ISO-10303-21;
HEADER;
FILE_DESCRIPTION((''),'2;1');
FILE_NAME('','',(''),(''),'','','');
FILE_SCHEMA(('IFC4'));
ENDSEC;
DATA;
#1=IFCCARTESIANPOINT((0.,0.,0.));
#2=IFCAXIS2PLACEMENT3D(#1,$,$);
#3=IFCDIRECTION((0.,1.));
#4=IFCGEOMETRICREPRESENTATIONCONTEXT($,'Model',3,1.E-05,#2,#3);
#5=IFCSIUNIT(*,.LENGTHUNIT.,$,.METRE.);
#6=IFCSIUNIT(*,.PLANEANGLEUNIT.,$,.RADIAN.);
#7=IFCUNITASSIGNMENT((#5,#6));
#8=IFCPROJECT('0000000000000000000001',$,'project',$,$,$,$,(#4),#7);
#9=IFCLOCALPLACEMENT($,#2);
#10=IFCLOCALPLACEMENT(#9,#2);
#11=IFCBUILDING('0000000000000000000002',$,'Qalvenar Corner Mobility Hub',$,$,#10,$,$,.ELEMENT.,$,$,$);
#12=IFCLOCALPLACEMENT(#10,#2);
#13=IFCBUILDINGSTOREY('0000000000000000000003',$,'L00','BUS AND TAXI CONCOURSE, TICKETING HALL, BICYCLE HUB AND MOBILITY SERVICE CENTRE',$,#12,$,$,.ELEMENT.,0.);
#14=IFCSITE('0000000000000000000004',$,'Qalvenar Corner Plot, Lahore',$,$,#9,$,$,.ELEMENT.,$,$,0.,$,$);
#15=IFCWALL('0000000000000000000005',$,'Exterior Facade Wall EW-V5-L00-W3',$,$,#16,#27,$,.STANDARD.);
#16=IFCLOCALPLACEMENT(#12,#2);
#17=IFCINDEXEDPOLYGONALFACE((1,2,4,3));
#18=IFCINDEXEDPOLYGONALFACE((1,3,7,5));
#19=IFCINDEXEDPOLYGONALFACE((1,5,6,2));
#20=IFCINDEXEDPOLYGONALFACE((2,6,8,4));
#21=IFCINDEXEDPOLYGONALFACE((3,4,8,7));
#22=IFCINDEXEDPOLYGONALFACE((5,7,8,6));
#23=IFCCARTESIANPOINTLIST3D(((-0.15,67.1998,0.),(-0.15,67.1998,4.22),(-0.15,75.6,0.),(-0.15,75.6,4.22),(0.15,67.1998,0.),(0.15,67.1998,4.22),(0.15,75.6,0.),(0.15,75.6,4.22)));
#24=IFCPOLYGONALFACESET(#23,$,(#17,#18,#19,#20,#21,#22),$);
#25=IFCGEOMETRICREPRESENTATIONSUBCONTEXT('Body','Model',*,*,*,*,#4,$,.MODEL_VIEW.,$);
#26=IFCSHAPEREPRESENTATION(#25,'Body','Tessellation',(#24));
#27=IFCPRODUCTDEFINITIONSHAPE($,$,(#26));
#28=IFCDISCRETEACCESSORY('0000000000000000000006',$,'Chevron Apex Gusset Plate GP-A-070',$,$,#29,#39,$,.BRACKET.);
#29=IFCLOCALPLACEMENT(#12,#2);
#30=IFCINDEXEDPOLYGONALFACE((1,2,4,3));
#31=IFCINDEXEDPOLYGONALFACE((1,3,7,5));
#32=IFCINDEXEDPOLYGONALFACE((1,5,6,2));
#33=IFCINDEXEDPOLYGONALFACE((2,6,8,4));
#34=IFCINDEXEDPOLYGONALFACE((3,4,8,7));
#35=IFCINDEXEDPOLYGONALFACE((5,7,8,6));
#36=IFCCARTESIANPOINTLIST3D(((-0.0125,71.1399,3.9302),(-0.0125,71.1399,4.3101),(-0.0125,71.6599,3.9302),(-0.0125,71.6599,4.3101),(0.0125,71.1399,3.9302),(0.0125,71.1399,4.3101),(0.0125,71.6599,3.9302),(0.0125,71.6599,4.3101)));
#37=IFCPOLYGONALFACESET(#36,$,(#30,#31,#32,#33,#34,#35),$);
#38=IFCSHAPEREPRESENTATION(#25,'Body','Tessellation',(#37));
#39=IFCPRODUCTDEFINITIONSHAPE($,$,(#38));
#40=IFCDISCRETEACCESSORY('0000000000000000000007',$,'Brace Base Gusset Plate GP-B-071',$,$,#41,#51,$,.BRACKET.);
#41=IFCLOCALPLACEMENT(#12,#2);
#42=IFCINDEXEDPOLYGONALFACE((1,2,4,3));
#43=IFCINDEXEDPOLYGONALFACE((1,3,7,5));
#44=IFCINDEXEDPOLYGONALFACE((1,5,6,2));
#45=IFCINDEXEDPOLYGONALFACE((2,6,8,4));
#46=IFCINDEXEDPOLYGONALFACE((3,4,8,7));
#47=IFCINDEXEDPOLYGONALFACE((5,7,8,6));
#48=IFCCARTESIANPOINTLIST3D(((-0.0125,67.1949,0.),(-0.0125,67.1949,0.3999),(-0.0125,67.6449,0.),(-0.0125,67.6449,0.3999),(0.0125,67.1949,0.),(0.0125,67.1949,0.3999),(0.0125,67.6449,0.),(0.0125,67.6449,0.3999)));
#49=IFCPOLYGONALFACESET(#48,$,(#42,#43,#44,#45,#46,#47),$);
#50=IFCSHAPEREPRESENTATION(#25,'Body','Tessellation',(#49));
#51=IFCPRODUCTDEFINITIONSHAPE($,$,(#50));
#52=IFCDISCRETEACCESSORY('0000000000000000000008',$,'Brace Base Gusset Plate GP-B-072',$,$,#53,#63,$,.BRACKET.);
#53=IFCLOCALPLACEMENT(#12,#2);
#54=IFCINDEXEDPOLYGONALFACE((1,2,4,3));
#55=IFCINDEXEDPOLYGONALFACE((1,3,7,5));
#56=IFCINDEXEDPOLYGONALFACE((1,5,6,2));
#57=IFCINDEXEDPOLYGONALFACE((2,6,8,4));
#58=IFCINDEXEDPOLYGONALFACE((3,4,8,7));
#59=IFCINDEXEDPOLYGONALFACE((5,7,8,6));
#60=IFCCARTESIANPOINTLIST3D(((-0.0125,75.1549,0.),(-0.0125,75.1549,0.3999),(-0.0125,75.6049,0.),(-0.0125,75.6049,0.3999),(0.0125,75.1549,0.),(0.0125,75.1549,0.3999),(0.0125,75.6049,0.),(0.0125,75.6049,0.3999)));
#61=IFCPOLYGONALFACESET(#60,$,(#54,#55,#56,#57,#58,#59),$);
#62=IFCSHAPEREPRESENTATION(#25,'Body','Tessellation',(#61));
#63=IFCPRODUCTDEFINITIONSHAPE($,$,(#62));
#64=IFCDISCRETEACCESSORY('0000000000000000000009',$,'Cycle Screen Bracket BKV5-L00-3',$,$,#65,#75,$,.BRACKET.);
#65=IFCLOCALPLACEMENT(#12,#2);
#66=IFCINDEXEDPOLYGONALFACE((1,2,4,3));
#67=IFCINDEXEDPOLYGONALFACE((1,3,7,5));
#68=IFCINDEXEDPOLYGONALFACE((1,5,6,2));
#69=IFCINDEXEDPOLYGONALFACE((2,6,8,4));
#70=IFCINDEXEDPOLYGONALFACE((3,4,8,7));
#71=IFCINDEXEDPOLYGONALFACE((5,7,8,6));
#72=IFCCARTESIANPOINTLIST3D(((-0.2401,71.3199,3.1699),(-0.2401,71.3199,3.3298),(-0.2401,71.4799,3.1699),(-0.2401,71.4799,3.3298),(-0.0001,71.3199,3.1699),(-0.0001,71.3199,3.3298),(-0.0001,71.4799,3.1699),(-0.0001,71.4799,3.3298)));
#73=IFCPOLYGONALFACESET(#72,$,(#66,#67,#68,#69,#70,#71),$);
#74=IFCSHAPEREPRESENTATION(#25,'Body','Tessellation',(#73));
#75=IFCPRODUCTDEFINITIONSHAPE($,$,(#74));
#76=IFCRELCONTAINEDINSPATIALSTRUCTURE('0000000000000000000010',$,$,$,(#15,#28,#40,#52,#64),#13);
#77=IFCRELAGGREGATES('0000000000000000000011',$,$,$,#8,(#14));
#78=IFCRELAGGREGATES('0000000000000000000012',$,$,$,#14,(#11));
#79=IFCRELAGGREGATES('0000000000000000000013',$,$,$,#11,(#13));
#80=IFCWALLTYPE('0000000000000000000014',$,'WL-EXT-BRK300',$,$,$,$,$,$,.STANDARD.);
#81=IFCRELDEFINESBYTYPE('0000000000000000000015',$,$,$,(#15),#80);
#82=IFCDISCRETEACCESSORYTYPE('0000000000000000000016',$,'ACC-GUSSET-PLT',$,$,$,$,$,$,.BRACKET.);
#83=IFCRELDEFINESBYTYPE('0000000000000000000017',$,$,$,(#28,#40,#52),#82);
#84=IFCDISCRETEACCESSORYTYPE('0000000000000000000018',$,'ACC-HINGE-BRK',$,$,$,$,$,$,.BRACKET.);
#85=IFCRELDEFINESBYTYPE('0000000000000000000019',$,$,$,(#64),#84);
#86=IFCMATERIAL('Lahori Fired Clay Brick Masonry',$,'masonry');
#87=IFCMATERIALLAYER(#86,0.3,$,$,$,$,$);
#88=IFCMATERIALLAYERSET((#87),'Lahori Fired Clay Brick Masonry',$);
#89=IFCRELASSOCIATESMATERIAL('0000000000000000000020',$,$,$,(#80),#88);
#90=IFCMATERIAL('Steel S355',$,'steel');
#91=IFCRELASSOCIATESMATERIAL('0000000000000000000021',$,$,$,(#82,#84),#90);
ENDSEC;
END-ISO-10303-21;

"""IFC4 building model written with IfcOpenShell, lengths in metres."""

from ifc_helpers import new_model, si_unit, direction, frame, frame_2d, origin, origin_2d, place, context, subcontext, project, spatial, rectangle, extrude, material, layer, layer_set, type_object, element, save


model = new_model("IFC4")

# Units and contexts
model_context = context("Model", 3, precision=1e-05, world=origin(), true_north=direction((0.0, 1.0)))
body_context = subcontext(model_context, "Body", "Model", "MODEL_VIEW")
ifc_project = project(units=[si_unit("LENGTHUNIT", "METRE"), si_unit("PLANEANGLEUNIT", "RADIAN")], contexts=[model_context])

# Site, building, storey
site_placement = place(None, origin())
site = spatial("IfcSite", under=ifc_project, at=site_placement, Name="Qalvenar Corner Plot, Lahore", CompositionType="ELEMENT", RefElevation=0.0)
building_placement = place(site_placement, origin())
building = spatial("IfcBuilding", under=site, at=building_placement, Name="Qalvenar Corner Mobility Hub", CompositionType="ELEMENT")
storey_placement = place(building_placement, origin())
storey = spatial("IfcBuildingStorey", under=building, at=storey_placement, Name="L00", Description="BUS AND TAXI CONCOURSE, TICKETING HALL, BICYCLE HUB AND MOBILITY SERVICE CENTRE", CompositionType="ELEMENT", Elevation=0.0)

# Shared definitions
ifc_material_1 = material(Name="Steel S355", Category="steel")

# Wall
ifc_material_2 = material(Name="Lahori Fired Clay Brick Masonry", Category="masonry")
ifc_layer_1 = layer(ifc_material_2, 0.3)
ifc_layer_set_1 = layer_set([ifc_layer_1], Name="Lahori Fired Clay Brick Masonry")
wall_type = type_object("IfcWallType", Name="WL-EXT-BRK300", PredefinedType="STANDARD", material=ifc_layer_set_1)
wall_placement = place(storey_placement, frame((0.0, 75.6001, 0.0), z_axis=(0.0, 0.0, 1.0), x_axis=(0.0, -1.0, 0.0)))
element("IfcWall", 1, at=wall_placement, inside=storey, type_object=wall_type, Name="Exterior Facade Wall EW-V5-L00-W3", PredefinedType="STANDARD", context=body_context, shape_type="SweptSolid", body=[
    extrude(rectangle(XDim=8.4001, YDim=0.3, at=frame_2d((4.2002, 0.0))), origin(), (0.0, 0.0, 1.0), 4.22),
])

# Discrete accessories
discrete_accessory_type_1 = type_object("IfcDiscreteAccessoryType", Name="ACC-GUSSET-PLT", PredefinedType="BRACKET", material=ifc_material_1)
discrete_accessory_1_placement = place(storey_placement, frame((0.0, 71.3999, 3.9302), z_axis=(0.0, 0.0, 1.0), x_axis=(0.0, 1.0, 0.0)))
element("IfcDiscreteAccessory", 2, at=discrete_accessory_1_placement, inside=storey, type_object=discrete_accessory_type_1, Name="Chevron Apex Gusset Plate GP-A-070", PredefinedType="BRACKET", context=body_context, shape_type="SweptSolid", body=[
    extrude(rectangle(XDim=0.52, YDim=0.0249, at=origin_2d()), origin(), (0.0, 0.0, 1.0), 0.3799),
])
for number, where, z_axis, x_axis, name in (
    (3, (0.0, 67.4199, 0.0), (0.0, 0.0, 1.0), (0.0, 1.0, 0.0), "Brace Base Gusset Plate GP-B-071"),
    (4, (0.0, 75.3799, 0.0), (0.0, 0.0, 1.0), (0.0, 1.0, 0.0), "Brace Base Gusset Plate GP-B-072"),
):
    element("IfcDiscreteAccessory", number, at=place(storey_placement, frame(where, z_axis=z_axis, x_axis=x_axis)), inside=storey, type_object=discrete_accessory_type_1, Name=name, PredefinedType="BRACKET", context=body_context, shape_type="SweptSolid", body=[
        extrude(rectangle(XDim=0.45, YDim=0.0249, at=origin_2d()), origin(), (0.0, 0.0, 1.0), 0.3999),
    ])
discrete_accessory_type_2 = type_object("IfcDiscreteAccessoryType", Name="ACC-HINGE-BRK", PredefinedType="BRACKET", material=ifc_material_1)
discrete_accessory_2_placement = place(storey_placement, frame((-0.1201, 71.3999, 3.1699), z_axis=(0.0, 0.0, 1.0), x_axis=(0.0, 1.0, 0.0)))
element("IfcDiscreteAccessory", 5, at=discrete_accessory_2_placement, inside=storey, type_object=discrete_accessory_type_2, Name="Cycle Screen Bracket BKV5-L00-3", PredefinedType="BRACKET", context=body_context, shape_type="SweptSolid", body=[
    extrude(rectangle(XDim=0.1599, YDim=0.24, at=origin_2d()), origin(), (0.0, 0.0, 1.0), 0.1599),
])

save(model, "model.ifc")
